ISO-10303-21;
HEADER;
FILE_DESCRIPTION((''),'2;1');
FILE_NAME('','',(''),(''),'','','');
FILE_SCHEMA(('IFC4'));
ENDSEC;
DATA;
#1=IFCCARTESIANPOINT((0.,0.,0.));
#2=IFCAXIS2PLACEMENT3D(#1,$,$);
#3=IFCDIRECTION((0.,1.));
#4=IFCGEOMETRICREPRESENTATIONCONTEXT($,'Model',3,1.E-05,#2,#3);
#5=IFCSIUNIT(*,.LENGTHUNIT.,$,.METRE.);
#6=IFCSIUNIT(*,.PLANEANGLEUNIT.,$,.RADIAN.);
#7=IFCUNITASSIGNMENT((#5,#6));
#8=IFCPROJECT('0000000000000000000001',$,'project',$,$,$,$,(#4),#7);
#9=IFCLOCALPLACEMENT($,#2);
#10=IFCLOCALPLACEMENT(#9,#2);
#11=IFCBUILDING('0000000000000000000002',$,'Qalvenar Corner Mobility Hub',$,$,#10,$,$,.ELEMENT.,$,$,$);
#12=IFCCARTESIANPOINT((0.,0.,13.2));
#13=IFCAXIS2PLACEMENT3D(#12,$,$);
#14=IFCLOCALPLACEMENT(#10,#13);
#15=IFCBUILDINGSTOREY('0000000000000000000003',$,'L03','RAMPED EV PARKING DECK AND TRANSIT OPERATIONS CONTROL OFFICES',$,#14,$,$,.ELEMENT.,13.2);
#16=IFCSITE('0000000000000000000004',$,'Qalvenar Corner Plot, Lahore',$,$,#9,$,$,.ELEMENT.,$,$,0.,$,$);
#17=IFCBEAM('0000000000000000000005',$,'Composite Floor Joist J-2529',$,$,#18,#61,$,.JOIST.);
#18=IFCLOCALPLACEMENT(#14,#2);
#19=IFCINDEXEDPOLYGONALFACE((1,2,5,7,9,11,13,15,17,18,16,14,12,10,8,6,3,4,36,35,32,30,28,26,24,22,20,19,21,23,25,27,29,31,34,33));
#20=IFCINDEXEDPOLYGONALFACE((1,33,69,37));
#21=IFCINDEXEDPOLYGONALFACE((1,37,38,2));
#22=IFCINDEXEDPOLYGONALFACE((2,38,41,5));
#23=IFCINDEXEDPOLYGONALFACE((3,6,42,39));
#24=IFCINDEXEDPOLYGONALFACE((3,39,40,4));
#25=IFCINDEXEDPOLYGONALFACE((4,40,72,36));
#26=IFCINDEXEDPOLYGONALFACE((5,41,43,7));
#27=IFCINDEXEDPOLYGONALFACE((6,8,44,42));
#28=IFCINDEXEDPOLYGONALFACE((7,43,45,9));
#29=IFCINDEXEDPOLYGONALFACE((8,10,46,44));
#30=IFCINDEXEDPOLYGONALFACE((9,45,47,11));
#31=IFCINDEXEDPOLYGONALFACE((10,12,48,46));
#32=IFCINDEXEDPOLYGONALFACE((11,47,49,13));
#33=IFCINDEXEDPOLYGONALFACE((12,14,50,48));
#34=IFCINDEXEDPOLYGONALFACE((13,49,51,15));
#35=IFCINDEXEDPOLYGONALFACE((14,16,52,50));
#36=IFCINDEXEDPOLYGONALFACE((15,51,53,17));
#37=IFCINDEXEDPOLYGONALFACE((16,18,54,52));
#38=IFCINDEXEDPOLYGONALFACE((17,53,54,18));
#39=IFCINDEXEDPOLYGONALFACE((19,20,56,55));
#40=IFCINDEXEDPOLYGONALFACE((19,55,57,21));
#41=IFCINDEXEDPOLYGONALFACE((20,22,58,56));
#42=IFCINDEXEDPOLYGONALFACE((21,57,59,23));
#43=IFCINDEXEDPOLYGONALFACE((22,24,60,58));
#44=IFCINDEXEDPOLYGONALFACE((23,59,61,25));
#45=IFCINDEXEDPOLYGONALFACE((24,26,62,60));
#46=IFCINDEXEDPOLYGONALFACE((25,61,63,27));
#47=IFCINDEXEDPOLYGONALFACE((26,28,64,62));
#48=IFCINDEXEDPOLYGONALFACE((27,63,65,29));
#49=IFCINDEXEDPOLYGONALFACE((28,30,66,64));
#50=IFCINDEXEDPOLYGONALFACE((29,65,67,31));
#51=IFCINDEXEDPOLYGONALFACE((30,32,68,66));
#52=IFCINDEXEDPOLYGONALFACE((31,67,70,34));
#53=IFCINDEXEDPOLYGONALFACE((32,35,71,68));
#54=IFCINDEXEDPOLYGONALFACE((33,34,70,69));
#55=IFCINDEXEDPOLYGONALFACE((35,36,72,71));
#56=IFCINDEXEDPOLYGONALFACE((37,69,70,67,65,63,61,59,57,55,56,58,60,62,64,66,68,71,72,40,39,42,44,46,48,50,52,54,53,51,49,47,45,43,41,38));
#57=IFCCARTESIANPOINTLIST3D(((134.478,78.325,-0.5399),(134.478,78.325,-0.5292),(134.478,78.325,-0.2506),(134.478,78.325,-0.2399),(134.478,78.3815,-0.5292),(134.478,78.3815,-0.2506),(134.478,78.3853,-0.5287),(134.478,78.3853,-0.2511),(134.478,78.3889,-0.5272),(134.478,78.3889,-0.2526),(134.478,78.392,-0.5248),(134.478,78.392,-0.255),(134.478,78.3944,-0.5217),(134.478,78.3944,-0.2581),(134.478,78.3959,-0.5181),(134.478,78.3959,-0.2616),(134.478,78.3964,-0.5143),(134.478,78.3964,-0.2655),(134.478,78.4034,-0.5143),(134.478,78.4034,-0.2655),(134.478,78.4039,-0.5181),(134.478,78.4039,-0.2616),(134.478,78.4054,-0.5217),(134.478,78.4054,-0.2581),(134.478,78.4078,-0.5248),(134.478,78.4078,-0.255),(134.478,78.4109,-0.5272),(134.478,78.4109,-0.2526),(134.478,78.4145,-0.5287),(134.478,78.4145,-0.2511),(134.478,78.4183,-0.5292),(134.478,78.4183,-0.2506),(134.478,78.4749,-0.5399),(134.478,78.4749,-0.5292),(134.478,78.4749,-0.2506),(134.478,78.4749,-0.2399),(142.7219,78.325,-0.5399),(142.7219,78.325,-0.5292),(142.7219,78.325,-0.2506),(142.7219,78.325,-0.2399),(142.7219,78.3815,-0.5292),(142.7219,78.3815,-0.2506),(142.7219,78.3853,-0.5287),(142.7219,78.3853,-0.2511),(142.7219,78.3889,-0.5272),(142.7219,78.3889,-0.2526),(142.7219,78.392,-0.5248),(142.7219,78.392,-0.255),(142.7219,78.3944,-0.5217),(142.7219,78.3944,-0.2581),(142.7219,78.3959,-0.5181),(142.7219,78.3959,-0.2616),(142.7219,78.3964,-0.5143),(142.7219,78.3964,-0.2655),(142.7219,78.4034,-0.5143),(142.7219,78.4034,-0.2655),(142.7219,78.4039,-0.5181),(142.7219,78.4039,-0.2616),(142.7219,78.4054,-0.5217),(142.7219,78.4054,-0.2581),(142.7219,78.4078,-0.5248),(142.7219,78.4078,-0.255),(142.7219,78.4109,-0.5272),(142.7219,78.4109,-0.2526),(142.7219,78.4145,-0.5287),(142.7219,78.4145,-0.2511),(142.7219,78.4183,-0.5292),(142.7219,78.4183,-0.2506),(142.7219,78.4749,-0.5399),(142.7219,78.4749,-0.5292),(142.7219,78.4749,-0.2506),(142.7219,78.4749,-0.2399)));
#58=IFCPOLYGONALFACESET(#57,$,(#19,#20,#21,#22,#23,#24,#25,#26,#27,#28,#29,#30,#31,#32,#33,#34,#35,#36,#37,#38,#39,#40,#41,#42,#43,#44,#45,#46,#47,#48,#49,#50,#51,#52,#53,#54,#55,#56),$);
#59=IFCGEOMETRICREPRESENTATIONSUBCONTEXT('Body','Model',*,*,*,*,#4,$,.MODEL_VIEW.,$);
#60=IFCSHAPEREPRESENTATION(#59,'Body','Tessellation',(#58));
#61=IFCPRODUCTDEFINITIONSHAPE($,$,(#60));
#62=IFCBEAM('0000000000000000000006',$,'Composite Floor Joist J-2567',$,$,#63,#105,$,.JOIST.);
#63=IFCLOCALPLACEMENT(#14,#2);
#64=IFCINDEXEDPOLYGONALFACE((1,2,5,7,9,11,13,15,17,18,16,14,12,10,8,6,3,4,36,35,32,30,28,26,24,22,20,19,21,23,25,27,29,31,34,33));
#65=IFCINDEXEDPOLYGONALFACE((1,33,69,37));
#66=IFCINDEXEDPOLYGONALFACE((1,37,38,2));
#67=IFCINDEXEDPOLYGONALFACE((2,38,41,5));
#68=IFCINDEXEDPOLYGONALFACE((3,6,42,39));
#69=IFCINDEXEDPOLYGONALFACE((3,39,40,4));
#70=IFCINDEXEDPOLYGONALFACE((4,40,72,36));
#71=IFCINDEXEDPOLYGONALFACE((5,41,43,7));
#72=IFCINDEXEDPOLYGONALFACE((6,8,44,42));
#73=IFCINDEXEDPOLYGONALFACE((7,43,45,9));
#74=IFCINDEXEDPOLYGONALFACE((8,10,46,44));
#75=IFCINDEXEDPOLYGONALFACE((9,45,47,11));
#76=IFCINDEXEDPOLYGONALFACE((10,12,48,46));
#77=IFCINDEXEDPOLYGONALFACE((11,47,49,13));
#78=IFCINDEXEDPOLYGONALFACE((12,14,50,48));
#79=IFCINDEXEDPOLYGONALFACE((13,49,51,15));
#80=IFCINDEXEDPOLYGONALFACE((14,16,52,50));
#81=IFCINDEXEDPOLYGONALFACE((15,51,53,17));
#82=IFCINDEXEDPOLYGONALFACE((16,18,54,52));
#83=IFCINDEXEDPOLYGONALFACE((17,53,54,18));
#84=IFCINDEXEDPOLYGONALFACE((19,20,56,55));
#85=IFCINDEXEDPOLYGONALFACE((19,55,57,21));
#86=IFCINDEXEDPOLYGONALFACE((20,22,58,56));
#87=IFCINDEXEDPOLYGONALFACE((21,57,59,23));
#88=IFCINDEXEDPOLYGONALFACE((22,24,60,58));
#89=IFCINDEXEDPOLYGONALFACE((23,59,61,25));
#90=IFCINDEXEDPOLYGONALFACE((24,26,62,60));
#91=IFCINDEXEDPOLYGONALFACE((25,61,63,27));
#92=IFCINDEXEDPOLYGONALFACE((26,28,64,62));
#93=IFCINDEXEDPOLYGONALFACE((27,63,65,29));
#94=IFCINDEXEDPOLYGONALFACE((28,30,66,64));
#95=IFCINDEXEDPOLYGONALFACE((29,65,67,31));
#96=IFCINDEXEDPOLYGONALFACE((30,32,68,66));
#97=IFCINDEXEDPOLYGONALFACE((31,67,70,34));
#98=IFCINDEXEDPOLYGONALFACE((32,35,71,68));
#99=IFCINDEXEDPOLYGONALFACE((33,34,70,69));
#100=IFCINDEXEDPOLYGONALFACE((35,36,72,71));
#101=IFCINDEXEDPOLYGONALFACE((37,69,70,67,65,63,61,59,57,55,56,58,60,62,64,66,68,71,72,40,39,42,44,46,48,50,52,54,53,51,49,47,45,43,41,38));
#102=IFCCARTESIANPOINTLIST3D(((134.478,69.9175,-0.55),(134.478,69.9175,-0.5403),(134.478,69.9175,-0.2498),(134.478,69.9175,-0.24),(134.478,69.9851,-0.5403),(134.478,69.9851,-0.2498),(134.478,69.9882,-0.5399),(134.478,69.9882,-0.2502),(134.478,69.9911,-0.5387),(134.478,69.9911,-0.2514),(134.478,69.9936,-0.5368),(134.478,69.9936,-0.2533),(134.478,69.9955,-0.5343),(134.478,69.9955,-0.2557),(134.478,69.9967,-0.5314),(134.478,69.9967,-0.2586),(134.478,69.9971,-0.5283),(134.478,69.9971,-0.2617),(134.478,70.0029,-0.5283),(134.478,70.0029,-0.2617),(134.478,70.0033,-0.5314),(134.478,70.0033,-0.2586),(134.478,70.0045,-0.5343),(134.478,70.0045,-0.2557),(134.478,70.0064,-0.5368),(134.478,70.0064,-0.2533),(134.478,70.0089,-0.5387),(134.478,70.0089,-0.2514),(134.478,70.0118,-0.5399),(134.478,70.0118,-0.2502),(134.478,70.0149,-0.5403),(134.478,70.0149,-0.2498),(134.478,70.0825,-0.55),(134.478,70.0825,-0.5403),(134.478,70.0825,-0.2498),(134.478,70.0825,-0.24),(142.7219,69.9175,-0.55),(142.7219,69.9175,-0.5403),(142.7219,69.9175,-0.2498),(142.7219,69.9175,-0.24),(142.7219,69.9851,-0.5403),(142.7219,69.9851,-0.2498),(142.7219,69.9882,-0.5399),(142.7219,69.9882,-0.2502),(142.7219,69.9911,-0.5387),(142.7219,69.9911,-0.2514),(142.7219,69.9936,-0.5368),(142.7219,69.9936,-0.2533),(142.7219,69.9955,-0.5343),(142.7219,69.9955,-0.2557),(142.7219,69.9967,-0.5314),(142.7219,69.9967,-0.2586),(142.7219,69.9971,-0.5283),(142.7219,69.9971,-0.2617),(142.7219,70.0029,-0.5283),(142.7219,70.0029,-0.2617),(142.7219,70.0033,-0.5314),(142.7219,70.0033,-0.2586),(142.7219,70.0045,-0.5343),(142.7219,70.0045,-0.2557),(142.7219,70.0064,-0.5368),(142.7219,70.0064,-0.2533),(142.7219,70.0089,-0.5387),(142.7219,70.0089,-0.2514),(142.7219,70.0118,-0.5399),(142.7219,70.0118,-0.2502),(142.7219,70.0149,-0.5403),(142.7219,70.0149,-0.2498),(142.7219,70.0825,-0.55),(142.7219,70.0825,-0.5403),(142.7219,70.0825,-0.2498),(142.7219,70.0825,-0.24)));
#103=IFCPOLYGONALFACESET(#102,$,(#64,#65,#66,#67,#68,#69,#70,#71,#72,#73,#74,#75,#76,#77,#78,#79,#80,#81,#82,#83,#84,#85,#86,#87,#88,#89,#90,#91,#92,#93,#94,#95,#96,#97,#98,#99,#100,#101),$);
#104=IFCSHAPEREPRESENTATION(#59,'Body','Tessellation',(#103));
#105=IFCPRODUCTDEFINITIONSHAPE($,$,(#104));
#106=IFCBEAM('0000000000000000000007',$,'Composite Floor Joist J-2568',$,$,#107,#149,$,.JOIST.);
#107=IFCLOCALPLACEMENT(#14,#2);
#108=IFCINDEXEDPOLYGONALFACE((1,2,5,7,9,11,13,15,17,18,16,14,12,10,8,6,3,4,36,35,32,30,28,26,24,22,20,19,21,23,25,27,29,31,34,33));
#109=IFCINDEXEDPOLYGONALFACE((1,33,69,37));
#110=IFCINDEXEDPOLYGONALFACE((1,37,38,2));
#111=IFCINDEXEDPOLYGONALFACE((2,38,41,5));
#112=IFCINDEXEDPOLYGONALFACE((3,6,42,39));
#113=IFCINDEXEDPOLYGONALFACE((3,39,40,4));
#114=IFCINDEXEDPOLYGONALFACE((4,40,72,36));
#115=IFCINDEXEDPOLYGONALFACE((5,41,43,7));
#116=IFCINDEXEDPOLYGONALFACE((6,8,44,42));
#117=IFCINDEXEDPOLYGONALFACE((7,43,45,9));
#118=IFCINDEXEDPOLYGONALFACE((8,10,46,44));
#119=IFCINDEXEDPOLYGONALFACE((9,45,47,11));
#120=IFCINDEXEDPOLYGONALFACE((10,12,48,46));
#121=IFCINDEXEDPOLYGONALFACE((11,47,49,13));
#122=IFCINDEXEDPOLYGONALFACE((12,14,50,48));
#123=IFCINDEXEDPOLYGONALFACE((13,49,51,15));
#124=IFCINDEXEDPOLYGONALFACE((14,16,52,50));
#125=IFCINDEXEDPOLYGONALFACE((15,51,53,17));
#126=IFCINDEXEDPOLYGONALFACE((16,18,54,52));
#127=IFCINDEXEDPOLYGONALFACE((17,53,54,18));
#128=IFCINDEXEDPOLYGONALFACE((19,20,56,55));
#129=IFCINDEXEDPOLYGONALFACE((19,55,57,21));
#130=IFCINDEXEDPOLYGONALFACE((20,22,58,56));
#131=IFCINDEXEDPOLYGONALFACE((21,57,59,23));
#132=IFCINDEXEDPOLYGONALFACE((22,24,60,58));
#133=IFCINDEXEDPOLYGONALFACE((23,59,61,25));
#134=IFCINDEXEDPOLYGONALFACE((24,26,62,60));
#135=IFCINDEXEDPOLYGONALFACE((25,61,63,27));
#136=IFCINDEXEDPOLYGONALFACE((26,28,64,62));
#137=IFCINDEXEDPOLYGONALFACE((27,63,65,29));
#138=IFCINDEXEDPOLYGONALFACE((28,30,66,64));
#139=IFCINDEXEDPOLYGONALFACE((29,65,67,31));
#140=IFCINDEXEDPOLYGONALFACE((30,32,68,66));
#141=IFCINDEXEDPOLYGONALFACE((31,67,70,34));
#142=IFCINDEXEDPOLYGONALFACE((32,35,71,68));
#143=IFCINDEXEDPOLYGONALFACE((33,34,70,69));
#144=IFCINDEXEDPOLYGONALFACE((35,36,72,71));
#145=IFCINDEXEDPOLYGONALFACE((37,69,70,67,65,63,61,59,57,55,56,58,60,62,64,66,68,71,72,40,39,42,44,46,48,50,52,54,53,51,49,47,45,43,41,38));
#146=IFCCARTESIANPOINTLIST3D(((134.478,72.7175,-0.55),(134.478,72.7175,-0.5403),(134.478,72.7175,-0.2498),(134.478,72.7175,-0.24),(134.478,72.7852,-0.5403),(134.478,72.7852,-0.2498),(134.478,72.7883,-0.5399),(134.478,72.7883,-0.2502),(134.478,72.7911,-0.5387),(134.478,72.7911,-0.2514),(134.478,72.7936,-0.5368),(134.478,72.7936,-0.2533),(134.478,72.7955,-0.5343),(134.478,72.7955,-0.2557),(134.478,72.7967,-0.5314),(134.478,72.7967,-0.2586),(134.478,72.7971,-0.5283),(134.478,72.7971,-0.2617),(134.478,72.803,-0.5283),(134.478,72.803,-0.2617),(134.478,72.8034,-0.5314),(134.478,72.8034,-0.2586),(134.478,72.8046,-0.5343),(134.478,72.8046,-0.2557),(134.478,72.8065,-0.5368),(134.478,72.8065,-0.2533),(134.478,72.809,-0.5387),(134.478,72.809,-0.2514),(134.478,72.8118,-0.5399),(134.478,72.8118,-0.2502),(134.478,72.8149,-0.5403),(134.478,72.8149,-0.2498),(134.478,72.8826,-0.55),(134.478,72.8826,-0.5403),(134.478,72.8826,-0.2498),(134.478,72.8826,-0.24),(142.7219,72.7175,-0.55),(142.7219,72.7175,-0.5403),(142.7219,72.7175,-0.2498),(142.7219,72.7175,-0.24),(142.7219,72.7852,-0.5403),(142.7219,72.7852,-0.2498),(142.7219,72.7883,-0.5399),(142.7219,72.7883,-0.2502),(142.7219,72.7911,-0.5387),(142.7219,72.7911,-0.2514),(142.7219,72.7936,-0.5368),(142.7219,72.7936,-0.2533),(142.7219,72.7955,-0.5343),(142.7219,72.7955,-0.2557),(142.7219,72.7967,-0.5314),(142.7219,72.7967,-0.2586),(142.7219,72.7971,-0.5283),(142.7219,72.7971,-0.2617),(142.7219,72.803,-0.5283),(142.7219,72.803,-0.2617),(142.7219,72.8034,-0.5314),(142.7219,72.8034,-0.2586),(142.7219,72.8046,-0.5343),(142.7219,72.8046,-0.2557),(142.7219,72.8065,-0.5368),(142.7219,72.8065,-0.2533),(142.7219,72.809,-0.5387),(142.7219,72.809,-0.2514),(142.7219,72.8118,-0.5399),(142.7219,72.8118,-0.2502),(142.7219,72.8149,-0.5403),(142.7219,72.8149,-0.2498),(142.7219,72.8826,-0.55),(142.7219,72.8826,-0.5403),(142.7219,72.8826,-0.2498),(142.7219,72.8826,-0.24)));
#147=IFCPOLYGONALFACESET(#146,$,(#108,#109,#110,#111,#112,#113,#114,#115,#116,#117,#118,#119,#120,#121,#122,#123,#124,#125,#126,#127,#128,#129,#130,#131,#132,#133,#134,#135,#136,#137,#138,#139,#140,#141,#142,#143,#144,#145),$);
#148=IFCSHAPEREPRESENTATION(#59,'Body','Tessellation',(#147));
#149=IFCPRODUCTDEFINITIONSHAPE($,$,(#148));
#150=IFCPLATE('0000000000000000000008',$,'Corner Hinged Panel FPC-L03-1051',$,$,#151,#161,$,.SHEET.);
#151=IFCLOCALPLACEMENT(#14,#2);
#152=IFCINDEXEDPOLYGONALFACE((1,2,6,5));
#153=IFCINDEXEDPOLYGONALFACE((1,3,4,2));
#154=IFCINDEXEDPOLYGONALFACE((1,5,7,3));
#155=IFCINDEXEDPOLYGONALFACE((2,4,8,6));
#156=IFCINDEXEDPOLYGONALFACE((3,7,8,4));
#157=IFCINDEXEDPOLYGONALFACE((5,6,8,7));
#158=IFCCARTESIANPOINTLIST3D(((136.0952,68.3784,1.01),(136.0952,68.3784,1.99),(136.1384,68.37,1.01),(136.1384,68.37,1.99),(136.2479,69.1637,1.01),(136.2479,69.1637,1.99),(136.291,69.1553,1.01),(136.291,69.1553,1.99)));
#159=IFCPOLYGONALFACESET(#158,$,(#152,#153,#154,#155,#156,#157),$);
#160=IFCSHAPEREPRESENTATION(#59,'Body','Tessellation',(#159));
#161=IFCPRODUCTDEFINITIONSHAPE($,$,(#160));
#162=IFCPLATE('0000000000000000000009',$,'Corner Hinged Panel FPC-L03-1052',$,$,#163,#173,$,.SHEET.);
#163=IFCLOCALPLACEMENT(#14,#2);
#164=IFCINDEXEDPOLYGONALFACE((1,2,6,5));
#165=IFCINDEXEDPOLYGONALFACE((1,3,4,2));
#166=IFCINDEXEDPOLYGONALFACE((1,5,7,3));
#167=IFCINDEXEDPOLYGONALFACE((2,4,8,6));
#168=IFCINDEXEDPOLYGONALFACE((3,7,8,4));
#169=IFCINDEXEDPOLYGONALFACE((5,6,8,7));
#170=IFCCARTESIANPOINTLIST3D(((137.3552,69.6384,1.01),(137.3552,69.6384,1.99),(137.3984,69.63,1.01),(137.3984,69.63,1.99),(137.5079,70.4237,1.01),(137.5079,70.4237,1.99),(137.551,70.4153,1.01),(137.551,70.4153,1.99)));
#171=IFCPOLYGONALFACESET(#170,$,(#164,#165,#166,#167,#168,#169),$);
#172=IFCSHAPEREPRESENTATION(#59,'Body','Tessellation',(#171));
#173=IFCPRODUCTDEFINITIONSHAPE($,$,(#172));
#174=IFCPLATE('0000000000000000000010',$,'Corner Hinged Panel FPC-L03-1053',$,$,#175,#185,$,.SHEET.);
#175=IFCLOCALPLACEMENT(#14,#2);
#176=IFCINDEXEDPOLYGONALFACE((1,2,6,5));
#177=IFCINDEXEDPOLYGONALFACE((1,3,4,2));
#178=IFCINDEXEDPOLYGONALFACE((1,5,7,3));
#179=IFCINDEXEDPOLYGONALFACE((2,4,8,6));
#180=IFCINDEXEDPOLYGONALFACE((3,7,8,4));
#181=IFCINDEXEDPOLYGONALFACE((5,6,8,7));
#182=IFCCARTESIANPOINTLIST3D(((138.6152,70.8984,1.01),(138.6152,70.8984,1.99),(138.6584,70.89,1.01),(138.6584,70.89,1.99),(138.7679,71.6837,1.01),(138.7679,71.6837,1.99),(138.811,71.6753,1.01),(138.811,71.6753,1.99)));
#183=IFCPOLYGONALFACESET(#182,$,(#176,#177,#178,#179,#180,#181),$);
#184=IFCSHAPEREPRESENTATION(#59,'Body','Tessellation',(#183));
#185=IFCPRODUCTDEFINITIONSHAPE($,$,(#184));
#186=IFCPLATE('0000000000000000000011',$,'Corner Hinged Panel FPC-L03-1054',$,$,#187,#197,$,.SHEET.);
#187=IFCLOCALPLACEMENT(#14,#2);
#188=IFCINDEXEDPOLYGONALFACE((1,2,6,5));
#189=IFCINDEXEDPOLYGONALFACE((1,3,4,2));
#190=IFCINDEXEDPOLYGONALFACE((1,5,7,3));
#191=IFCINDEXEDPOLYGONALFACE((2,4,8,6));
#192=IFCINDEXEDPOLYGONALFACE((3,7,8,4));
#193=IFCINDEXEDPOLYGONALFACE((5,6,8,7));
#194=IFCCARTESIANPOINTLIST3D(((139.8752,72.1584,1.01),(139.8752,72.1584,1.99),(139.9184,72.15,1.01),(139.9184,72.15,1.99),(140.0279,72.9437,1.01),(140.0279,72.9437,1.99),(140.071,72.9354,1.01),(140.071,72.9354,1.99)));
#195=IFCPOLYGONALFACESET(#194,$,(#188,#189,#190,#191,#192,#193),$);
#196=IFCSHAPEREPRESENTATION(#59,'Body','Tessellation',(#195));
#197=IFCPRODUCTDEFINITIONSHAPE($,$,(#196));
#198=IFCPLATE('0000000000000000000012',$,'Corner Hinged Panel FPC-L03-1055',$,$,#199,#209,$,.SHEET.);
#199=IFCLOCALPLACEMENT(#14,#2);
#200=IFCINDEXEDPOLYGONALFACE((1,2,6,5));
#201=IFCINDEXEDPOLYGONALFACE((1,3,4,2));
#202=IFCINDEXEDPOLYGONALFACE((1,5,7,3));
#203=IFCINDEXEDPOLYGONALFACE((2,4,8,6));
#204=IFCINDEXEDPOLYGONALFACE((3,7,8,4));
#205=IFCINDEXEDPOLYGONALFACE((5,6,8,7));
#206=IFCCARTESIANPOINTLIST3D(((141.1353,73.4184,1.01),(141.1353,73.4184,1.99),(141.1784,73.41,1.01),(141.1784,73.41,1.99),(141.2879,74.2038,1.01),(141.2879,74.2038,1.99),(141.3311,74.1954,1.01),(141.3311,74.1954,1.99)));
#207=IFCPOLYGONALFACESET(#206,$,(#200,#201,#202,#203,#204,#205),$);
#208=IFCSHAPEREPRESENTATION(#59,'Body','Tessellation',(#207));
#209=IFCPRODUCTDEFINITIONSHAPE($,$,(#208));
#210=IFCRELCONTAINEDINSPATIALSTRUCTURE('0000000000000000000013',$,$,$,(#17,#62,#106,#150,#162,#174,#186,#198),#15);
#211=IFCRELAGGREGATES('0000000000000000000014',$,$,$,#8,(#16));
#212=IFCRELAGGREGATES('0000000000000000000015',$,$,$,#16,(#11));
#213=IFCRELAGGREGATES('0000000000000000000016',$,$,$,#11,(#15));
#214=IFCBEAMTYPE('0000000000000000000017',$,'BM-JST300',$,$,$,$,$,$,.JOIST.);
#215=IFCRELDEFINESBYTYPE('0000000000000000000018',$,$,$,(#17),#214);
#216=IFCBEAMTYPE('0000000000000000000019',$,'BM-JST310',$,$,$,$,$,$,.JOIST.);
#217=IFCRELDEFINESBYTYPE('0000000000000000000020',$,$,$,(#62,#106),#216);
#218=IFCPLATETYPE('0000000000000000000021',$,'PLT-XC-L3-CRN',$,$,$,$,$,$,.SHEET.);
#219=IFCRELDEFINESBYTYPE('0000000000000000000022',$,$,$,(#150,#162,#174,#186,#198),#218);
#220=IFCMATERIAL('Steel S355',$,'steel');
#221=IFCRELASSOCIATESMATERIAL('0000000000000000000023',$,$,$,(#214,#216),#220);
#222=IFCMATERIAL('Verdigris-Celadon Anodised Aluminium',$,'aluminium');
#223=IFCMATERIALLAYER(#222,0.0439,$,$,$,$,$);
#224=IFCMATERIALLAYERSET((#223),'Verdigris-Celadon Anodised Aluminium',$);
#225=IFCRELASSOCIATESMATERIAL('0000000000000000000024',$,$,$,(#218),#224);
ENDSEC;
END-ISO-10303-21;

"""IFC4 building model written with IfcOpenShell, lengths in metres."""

from ifc_helpers import new_model, si_unit, direction, frame, origin, origin_2d, place, context, subcontext, project, spatial, rectangle, i_section, extrude, material, layer, layer_set, material_profile, profile_set, type_object, element, save


model = new_model("IFC4")

# Units and contexts
model_context = context("Model", 3, precision=1e-05, world=origin(), true_north=direction((0.0, 1.0)))
body_context = subcontext(model_context, "Body", "Model", "MODEL_VIEW")
ifc_project = project(units=[si_unit("LENGTHUNIT", "METRE"), si_unit("PLANEANGLEUNIT", "RADIAN")], contexts=[model_context])

# Site, building, storey
site_placement = place(None, origin())
site = spatial("IfcSite", under=ifc_project, at=site_placement, Name="Qalvenar Corner Plot, Lahore", CompositionType="ELEMENT", RefElevation=0.0)
building_placement = place(site_placement, origin())
building = spatial("IfcBuilding", under=site, at=building_placement, Name="Qalvenar Corner Mobility Hub", CompositionType="ELEMENT")
storey_placement = place(building_placement, frame((0.0, 0.0, 13.2)))
storey = spatial("IfcBuildingStorey", under=building, at=storey_placement, Name="L03", Description="RAMPED EV PARKING DECK AND TRANSIT OPERATIONS CONTROL OFFICES", CompositionType="ELEMENT", Elevation=13.2)

# Shared definitions
ifc_material_1 = material(Name="Steel S355", Category="steel")

# Beams
ifc_material_profile_1 = material_profile(ifc_material_1, i_section(OverallWidth=0.1499, OverallDepth=0.3, WebThickness=0.0071, FlangeThickness=0.0107, FilletRadius=0.0149, at=origin_2d()), Name="IPE300")
ifc_profile_set_1 = profile_set([ifc_material_profile_1], Name="Steel S355")
beam_type_1 = type_object("IfcBeamType", Name="BM-JST300", PredefinedType="JOIST", material=ifc_profile_set_1)
beam_1_placement = place(storey_placement, frame((134.478, 78.3999, -0.3899), z_axis=(1.0, 0.0, 0.0), x_axis=(0.0, 1.0, 0.0)))
element("IfcBeam", 1, at=beam_1_placement, inside=storey, type_object=beam_type_1, Name="Composite Floor Joist J-2529", PredefinedType="JOIST", context=body_context, shape_type="SweptSolid", body=[
    extrude(i_section(OverallWidth=0.1499, OverallDepth=0.3, WebThickness=0.0071, FlangeThickness=0.0107, FilletRadius=0.0149, at=origin_2d()), origin(), (0.0, 0.0, 1.0), 8.2439),
])
ifc_material_profile_2 = material_profile(ifc_material_1, i_section(OverallWidth=0.165, OverallDepth=0.3101, WebThickness=0.0059, FlangeThickness=0.0098, FilletRadius=0.012, at=origin_2d()), Name="W310x38.7")
ifc_profile_set_2 = profile_set([ifc_material_profile_2], Name="Steel S355")
beam_type_2 = type_object("IfcBeamType", Name="BM-JST310", PredefinedType="JOIST", material=ifc_profile_set_2)
for number, where, z_axis, x_axis, name in (
    (2, (134.478, 70.0, -0.395), (1.0, 0.0, 0.0), (0.0, 1.0, 0.0), "Composite Floor Joist J-2567"),
    (3, (134.478, 72.8, -0.395), (1.0, 0.0, 0.0), (0.0, 1.0, 0.0), "Composite Floor Joist J-2568"),
):
    element("IfcBeam", number, at=place(storey_placement, frame(where, z_axis=z_axis, x_axis=x_axis)), inside=storey, type_object=beam_type_2, Name=name, PredefinedType="JOIST", context=body_context, shape_type="SweptSolid", body=[
        extrude(i_section(OverallWidth=0.165, OverallDepth=0.3101, WebThickness=0.0059, FlangeThickness=0.0098, FilletRadius=0.012, at=origin_2d()), origin(), (0.0, 0.0, 1.0), 8.2439),
    ])

# Plates
ifc_material_2 = material(Name="Verdigris-Celadon Anodised Aluminium", Category="aluminium")
ifc_layer = layer(ifc_material_2, 0.0439)
ifc_layer_set = layer_set([ifc_layer], Name="Verdigris-Celadon Anodised Aluminium")
plate_type = type_object("IfcPlateType", Name="PLT-XC-L3-CRN", PredefinedType="SHEET", material=ifc_layer_set)
for number, where, z_axis, x_axis, name in (
    (4, (136.1931, 68.7668, 1.01), (0.0, 0.0, 1.0), (0.190809, 0.981627, 0.0), "Corner Hinged Panel FPC-L03-1051"),
    (5, (137.4531, 70.0269, 1.01), (0.0, 0.0, 1.0), (0.190809, 0.981627, 0.0), "Corner Hinged Panel FPC-L03-1052"),
    (6, (138.7131, 71.2869, 1.01), (0.0, 0.0, 1.0), (0.190809, 0.981627, 0.0), "Corner Hinged Panel FPC-L03-1053"),
    (7, (139.9731, 72.5469, 1.01), (0.0, 0.0, 1.0), (0.190809, 0.981627, 0.0), "Corner Hinged Panel FPC-L03-1054"),
    (8, (141.2332, 73.8069, 1.01), (0.0, 0.0, 1.0), (0.190809, 0.981627, 0.0), "Corner Hinged Panel FPC-L03-1055"),
):
    element("IfcPlate", number, at=place(storey_placement, frame(where, z_axis=z_axis, x_axis=x_axis)), inside=storey, type_object=plate_type, Name=name, PredefinedType="SHEET", context=body_context, shape_type="SweptSolid", body=[
        extrude(rectangle(XDim=0.8, YDim=0.0439, at=origin_2d()), origin(), (0.0, 0.0, 1.0), 0.98),
    ])

save(model, "model.ifc")
